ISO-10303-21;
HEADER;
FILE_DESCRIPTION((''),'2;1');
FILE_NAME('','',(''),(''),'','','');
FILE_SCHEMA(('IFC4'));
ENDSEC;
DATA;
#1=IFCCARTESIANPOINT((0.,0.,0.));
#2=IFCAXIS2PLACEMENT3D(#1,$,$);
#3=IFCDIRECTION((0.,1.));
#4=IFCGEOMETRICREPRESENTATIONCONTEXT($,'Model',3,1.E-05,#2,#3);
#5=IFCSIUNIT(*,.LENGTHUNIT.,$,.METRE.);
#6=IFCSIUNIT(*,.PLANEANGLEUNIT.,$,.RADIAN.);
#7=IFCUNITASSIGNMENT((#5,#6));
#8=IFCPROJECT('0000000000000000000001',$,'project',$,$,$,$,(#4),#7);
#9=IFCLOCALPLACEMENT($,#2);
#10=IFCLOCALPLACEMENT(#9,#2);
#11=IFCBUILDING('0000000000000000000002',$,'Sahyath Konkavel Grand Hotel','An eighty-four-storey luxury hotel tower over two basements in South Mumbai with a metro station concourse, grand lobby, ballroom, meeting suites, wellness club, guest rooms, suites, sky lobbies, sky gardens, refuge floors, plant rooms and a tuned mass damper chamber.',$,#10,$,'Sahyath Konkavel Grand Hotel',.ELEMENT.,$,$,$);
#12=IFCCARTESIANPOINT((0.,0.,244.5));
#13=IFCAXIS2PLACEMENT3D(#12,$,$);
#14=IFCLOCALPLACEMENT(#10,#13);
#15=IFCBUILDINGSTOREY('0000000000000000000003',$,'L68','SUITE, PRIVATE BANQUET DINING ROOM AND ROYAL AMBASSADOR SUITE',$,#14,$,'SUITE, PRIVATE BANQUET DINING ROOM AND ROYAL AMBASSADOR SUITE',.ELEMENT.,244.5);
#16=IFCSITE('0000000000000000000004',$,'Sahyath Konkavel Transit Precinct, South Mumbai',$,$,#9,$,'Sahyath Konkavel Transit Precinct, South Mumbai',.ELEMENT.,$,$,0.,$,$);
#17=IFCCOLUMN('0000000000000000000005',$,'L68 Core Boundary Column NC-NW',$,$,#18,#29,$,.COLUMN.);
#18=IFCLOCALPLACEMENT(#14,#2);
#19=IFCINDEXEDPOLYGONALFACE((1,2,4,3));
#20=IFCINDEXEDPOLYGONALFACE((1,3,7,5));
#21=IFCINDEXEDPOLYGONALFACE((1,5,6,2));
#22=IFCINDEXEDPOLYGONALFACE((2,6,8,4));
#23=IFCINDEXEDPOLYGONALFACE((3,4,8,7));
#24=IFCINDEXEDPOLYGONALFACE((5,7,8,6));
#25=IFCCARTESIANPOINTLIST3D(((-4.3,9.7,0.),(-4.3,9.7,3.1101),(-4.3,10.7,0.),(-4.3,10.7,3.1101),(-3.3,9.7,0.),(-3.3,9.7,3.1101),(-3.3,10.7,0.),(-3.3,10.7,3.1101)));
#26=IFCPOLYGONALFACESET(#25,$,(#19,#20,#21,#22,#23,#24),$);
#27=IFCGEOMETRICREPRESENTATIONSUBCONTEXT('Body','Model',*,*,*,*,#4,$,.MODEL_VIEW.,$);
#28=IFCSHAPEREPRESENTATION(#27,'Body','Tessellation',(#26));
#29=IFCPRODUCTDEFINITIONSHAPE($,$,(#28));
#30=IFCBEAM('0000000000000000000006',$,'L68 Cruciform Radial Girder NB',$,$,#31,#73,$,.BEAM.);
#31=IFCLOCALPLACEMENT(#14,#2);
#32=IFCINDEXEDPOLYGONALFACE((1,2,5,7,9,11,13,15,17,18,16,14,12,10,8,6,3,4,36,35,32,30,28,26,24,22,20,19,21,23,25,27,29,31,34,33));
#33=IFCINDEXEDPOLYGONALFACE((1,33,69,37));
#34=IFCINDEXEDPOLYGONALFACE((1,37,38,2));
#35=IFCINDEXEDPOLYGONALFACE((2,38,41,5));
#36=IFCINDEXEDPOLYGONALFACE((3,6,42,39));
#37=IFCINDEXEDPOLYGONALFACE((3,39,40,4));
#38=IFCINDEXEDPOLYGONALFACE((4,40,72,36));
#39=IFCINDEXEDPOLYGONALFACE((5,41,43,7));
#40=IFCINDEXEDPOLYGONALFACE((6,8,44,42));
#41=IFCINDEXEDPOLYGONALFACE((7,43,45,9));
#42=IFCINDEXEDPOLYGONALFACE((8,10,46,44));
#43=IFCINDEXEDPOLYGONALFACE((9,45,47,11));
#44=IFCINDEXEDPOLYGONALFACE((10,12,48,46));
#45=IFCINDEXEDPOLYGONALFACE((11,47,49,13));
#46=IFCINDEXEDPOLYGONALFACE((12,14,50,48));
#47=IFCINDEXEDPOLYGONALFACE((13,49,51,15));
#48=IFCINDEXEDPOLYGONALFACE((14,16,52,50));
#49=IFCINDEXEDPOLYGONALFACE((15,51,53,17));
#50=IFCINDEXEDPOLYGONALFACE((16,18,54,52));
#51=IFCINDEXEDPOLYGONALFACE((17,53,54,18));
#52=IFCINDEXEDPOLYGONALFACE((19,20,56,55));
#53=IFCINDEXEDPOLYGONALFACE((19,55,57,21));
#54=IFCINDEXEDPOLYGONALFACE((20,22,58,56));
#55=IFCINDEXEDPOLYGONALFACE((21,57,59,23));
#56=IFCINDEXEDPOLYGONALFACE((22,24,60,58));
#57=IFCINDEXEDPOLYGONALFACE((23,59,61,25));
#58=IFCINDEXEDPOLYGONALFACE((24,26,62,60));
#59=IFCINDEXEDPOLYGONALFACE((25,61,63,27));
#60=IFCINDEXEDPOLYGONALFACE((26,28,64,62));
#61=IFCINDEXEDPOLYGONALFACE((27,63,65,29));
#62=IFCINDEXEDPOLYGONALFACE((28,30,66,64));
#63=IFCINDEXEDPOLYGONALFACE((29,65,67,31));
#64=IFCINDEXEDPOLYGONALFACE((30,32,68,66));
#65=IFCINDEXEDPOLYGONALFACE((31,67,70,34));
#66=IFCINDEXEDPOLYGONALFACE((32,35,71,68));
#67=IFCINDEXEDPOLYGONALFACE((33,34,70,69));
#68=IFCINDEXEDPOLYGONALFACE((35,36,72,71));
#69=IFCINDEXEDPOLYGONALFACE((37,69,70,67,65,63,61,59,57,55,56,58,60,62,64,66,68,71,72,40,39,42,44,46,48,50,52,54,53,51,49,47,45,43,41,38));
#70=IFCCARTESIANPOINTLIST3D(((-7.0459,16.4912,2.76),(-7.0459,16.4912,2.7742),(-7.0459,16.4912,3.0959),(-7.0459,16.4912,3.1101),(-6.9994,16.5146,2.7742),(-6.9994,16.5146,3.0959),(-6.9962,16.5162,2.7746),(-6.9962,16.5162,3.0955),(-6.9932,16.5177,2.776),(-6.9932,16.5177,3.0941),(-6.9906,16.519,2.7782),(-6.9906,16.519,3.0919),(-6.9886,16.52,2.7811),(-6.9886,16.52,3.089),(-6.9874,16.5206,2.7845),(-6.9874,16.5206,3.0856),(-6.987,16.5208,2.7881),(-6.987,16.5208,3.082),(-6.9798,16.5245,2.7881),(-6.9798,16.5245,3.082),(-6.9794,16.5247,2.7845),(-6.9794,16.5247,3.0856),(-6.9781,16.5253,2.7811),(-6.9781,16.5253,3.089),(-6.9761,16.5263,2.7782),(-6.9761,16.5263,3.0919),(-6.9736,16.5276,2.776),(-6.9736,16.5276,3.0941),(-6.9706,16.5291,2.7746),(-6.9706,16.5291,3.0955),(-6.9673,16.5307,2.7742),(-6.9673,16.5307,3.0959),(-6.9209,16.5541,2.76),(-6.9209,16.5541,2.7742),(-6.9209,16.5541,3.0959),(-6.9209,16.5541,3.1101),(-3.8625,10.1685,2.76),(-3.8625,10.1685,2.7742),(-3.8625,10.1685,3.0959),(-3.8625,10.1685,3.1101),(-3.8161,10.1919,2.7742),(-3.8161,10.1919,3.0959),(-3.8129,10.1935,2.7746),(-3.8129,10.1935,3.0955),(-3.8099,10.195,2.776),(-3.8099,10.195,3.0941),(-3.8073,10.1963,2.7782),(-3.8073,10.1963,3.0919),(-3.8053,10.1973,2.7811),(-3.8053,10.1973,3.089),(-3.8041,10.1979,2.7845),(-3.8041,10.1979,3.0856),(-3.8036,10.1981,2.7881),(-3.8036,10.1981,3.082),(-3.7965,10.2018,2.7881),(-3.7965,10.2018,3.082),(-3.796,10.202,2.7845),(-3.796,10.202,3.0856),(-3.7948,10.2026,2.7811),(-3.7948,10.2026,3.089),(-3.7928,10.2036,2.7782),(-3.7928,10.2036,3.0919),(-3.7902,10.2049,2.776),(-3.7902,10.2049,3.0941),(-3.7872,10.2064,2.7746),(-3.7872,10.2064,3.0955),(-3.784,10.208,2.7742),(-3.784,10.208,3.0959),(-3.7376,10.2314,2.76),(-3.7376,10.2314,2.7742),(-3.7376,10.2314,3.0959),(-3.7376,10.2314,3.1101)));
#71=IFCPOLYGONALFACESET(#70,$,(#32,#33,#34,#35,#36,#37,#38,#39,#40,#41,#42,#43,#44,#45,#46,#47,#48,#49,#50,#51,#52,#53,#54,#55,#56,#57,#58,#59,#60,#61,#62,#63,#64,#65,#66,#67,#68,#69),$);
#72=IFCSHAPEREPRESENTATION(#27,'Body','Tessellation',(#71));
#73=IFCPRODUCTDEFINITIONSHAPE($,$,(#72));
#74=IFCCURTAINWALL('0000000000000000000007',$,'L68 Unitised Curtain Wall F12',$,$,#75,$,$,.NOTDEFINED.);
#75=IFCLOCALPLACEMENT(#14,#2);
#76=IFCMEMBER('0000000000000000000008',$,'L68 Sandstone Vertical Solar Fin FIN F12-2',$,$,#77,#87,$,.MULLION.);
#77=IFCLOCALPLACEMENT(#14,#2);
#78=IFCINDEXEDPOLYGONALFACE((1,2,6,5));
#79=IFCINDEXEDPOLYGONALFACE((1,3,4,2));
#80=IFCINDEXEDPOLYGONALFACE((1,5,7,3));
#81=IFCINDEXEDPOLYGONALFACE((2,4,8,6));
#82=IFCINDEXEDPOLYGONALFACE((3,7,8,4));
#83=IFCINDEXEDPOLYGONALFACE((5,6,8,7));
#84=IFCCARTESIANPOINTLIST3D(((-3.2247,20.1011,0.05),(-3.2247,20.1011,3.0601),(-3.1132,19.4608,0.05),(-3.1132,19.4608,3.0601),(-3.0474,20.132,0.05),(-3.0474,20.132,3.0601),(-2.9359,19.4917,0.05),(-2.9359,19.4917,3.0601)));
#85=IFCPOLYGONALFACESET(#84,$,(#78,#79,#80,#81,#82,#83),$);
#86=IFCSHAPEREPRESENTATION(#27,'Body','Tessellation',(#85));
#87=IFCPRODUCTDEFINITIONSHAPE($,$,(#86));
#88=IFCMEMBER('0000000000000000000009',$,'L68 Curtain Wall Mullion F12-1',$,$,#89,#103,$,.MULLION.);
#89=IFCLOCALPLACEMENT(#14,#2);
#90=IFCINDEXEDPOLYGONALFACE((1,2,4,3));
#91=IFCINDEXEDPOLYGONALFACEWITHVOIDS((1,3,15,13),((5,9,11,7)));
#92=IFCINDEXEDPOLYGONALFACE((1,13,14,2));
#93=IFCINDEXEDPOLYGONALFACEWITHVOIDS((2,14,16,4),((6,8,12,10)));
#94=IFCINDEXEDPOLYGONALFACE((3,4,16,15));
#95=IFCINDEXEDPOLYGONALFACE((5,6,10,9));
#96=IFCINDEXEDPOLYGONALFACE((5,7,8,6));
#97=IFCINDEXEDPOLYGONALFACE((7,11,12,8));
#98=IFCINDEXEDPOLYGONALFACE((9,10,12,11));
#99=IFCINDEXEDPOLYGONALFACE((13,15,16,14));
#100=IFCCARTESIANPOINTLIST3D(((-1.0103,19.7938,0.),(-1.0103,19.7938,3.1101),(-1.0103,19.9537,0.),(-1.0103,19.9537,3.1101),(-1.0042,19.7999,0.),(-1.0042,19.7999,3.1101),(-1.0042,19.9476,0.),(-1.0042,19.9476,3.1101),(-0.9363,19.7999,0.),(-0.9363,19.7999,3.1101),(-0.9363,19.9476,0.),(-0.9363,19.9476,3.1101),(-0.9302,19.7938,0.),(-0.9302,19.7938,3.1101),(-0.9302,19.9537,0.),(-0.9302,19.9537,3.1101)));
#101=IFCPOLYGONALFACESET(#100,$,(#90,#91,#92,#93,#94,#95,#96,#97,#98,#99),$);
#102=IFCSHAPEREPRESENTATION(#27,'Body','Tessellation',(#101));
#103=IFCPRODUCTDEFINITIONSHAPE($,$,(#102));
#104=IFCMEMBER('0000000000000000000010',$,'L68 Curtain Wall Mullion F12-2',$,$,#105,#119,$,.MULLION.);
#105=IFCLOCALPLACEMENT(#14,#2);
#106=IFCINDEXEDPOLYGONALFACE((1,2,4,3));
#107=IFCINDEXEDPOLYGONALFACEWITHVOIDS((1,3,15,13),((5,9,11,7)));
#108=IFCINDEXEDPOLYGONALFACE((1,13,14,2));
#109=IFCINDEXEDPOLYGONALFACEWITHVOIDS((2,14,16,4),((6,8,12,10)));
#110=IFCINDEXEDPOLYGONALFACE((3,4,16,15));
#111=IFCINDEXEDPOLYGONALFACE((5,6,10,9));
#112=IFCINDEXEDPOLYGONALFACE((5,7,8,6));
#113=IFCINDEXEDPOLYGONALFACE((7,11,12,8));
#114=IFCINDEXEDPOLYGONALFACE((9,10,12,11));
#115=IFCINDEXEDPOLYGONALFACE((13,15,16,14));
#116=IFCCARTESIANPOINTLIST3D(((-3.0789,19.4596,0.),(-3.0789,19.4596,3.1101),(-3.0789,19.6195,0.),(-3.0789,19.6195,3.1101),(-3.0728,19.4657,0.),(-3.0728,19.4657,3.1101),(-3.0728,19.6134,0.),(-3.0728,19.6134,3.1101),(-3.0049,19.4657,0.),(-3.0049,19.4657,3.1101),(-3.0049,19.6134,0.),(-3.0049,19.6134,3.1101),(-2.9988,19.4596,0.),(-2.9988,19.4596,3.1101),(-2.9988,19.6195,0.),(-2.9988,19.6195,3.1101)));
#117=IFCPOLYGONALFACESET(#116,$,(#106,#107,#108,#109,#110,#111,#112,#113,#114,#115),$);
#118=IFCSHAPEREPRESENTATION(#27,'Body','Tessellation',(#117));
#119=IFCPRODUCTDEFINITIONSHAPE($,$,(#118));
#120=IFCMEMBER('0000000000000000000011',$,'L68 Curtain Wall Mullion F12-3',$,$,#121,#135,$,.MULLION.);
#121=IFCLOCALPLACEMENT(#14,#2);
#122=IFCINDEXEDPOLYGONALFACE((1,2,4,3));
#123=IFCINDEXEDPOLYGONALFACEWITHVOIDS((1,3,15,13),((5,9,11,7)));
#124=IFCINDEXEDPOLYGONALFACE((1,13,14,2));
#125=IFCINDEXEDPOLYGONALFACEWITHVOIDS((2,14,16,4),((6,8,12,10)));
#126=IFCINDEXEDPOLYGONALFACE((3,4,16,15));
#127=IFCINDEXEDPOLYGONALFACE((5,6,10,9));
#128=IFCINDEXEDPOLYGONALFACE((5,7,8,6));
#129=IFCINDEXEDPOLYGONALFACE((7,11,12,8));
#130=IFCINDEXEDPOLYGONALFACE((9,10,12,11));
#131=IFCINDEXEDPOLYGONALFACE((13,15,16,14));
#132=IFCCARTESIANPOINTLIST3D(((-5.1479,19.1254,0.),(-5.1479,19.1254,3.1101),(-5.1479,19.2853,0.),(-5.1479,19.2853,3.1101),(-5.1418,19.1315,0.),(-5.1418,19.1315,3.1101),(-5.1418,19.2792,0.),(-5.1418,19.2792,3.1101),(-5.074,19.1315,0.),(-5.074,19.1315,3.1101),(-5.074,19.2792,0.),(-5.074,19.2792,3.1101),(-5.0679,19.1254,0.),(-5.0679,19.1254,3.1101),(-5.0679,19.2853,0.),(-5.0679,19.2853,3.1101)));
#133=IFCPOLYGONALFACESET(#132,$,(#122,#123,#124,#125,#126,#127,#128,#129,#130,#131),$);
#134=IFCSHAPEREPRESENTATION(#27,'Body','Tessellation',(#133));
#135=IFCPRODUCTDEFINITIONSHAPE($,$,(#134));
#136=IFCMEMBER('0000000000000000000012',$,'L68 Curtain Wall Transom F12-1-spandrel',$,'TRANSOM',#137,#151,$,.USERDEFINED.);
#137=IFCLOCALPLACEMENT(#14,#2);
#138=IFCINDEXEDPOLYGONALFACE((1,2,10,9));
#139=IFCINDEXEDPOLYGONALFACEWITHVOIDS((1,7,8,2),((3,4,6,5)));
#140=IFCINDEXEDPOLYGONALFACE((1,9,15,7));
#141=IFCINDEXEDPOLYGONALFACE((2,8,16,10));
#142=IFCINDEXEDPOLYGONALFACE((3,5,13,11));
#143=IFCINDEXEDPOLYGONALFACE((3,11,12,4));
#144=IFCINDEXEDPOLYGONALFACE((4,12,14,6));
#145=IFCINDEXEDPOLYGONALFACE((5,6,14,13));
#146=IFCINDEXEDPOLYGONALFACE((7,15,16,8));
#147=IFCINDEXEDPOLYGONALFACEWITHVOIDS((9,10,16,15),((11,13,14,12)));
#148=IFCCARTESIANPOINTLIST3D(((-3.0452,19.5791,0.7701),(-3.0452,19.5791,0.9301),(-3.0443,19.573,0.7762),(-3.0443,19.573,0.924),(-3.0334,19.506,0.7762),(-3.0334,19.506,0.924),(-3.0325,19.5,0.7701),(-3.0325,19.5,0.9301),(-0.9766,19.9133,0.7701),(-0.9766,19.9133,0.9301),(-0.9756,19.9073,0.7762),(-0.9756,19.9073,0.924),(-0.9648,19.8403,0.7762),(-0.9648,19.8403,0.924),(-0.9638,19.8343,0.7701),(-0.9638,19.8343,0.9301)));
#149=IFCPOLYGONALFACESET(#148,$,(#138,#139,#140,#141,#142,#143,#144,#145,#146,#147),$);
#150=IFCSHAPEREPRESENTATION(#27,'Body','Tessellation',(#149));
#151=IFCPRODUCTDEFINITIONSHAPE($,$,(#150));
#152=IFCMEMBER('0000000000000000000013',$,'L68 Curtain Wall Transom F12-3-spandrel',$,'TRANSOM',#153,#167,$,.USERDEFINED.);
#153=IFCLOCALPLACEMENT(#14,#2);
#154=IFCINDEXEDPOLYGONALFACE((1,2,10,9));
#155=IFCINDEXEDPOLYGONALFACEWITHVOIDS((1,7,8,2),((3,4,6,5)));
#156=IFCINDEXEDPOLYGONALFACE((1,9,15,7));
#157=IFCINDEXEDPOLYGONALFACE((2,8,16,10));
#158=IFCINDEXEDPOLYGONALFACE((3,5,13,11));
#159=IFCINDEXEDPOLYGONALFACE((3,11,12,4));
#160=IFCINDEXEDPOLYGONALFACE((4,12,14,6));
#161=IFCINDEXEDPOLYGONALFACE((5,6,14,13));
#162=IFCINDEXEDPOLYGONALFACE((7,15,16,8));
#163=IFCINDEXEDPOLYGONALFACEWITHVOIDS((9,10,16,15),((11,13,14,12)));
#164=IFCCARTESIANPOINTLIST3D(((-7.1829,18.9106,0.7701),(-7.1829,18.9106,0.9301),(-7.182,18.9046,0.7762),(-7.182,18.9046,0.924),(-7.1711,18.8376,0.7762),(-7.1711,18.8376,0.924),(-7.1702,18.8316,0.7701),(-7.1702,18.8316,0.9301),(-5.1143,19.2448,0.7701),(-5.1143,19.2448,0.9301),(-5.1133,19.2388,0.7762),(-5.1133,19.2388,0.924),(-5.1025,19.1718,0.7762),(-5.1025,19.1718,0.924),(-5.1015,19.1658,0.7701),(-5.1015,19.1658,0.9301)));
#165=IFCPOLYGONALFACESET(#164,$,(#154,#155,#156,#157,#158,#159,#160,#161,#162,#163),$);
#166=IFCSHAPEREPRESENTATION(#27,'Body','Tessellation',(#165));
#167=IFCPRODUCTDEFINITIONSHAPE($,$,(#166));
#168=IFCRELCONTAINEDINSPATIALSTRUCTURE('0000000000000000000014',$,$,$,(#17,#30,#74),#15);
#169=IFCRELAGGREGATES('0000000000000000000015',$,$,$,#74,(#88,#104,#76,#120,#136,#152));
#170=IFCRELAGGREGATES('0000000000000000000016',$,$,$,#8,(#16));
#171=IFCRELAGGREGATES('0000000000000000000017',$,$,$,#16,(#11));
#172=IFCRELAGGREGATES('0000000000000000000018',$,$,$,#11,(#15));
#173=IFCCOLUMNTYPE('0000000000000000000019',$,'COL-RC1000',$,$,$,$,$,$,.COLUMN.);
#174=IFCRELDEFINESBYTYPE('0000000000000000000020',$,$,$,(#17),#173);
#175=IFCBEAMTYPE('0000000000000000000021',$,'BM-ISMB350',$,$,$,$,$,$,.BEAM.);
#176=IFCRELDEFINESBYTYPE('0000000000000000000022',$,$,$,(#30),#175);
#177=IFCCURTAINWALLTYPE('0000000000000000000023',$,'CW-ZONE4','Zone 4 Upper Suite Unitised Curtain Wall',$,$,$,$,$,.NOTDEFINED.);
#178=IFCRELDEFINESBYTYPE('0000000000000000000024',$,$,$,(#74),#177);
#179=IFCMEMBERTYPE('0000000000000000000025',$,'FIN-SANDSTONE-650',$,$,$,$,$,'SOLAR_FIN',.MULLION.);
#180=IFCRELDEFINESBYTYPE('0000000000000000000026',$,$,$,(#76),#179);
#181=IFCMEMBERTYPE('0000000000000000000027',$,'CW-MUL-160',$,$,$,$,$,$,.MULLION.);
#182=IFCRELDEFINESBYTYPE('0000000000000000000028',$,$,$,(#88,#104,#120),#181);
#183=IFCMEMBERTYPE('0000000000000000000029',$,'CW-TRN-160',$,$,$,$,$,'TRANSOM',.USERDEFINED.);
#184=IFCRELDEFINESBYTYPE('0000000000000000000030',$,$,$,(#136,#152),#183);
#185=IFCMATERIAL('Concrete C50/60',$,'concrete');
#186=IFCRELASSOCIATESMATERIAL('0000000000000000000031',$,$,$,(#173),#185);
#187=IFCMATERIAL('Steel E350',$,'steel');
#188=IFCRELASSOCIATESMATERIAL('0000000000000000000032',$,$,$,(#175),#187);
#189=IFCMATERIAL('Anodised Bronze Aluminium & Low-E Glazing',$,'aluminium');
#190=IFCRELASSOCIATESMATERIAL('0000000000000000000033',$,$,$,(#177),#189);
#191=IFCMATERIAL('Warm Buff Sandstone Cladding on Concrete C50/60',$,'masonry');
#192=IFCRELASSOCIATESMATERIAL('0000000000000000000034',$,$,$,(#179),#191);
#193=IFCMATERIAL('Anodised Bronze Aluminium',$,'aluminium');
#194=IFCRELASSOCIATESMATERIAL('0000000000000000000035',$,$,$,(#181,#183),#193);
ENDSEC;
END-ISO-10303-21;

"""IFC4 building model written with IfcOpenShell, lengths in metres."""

from ifc_helpers import new_model, si_unit, direction, frame, origin, origin_2d, place, context, subcontext, project, spatial, rectangle, hollow_rectangle, i_section, extrude, source, transform, mapped, material, material_profile, profile_set, type_object, element, aggregate, save


model = new_model("IFC4")

# Units and contexts
model_context = context("Model", 3, precision=1e-05, world=origin(), true_north=direction((0.0, 1.0)))
body_context = subcontext(model_context, "Body", "Model", "MODEL_VIEW")
ifc_project = project(units=[si_unit("LENGTHUNIT", "METRE"), si_unit("PLANEANGLEUNIT", "RADIAN")], contexts=[model_context])

# Site, building, storey
site_placement = place(None, origin())
site = spatial("IfcSite", under=ifc_project, at=site_placement, Name="Sahyath Konkavel Transit Precinct, South Mumbai", LongName="Sahyath Konkavel Transit Precinct, South Mumbai", CompositionType="ELEMENT", RefElevation=0.0)
building_placement = place(site_placement, origin())
building = spatial("IfcBuilding", under=site, at=building_placement, Name="Sahyath Konkavel Grand Hotel", Description="An eighty-four-storey luxury hotel tower over two basements in South Mumbai with a metro station concourse, grand lobby, ballroom, meeting suites, wellness club, guest rooms, suites, sky lobbies, sky gardens, refuge floors, plant rooms and a tuned mass damper chamber.", LongName="Sahyath Konkavel Grand Hotel", CompositionType="ELEMENT")
storey_placement = place(building_placement, frame((0.0, 0.0, 244.5)))
storey = spatial("IfcBuildingStorey", under=building, at=storey_placement, Name="L68", Description="SUITE, PRIVATE BANQUET DINING ROOM AND ROYAL AMBASSADOR SUITE", LongName="SUITE, PRIVATE BANQUET DINING ROOM AND ROYAL AMBASSADOR SUITE", CompositionType="ELEMENT", Elevation=244.5)

# Column
ifc_material_1 = material(Name="Concrete C50/60", Category="concrete")
ifc_material_profile_1 = material_profile(ifc_material_1, rectangle(XDim=1.0, YDim=1.0, at=origin_2d()), Name="RC 1000x1000")
ifc_profile_set_1 = profile_set([ifc_material_profile_1], Name="Concrete C50/60")
column_type = type_object("IfcColumnType", Name="COL-RC1000", PredefinedType="COLUMN", material=ifc_profile_set_1)
shared_shape_1 = source(origin(), body_context, "Body", "SweptSolid", [
    extrude(rectangle(XDim=1.0, YDim=1.0, at=origin_2d()), origin(), (0.0, 0.0, 1.0), 3.1101),
])
column_placement = place(storey_placement, frame((-3.8, 10.2, 0.0), z_axis=(0.0, 0.0, 1.0), x_axis=(1.0, 0.0, 0.0)))
element("IfcColumn", 1, at=column_placement, inside=storey, type_object=column_type, Name="L68 Core Boundary Column NC-NW", PredefinedType="COLUMN", context=body_context, shape_type="MappedRepresentation", body=[
    mapped(shared_shape_1, transform((0.0, 0.0, 0.0), scale=1.0)),
])

# Beam
ifc_material_2 = material(Name="Steel E350", Category="steel")
ifc_material_profile_2 = material_profile(ifc_material_2, i_section(OverallWidth=0.1399, OverallDepth=0.3501, WebThickness=0.0081, FlangeThickness=0.0142, FilletRadius=0.0139, at=origin_2d()), Name="ISMB 350")
ifc_profile_set_2 = profile_set([ifc_material_profile_2], Name="Steel E350")
beam_type_1 = type_object("IfcBeamType", Name="BM-ISMB350", PredefinedType="BEAM", material=ifc_profile_set_2)
shared_shape_2 = source(origin(), body_context, "Body", "SweptSolid", [
    extrude(i_section(OverallWidth=0.1399, OverallDepth=0.3501, WebThickness=0.0081, FlangeThickness=0.0142, FilletRadius=0.0139, at=origin_2d()), origin(), (0.0, 0.0, 1.0), 7.0789),
])
beam_1_placement = place(storey_placement, frame((-3.8, 10.2, 2.9351), z_axis=(-0.449695, 0.893182, 0.0), x_axis=(-0.893182, -0.449695, 0.0)))
element("IfcBeam", 2, at=beam_1_placement, inside=storey, type_object=beam_type_1, Name="L68 Cruciform Radial Girder NB", PredefinedType="BEAM", context=body_context, shape_type="MappedRepresentation", body=[
    mapped(shared_shape_2, transform((0.0, 0.0, 0.0), scale=1.0)),
])

# Curtain wall, members
ifc_material_3 = material(Name="Anodised Bronze Aluminium & Low-E Glazing", Category="aluminium")
curtain_wall_type = type_object("IfcCurtainWallType", Name="CW-ZONE4", Description="Zone 4 Upper Suite Unitised Curtain Wall", PredefinedType="NOTDEFINED", material=ifc_material_3)
curtain_wall_1_placement = place(storey_placement, origin())
curtain_wall_1 = element("IfcCurtainWall", 3, at=curtain_wall_1_placement, inside=storey, type_object=curtain_wall_type, Name="L68 Unitised Curtain Wall F12", PredefinedType="NOTDEFINED")
ifc_material_4 = material(Name="Warm Buff Sandstone Cladding on Concrete C50/60", Category="masonry")
ifc_material_profile_3 = material_profile(ifc_material_4, rectangle(XDim=0.1799, YDim=0.6499, at=origin_2d()), Name="FIN 180x650")
ifc_profile_set_3 = profile_set([ifc_material_profile_3], Name="Warm Buff Sandstone Cladding on Concrete C50/60")
member_type_1 = type_object("IfcMemberType", Name="FIN-SANDSTONE-650", ElementType="SOLAR_FIN", PredefinedType="MULLION", material=ifc_profile_set_3)
shared_shape_3 = source(origin(), body_context, "Body", "SweptSolid", [
    extrude(rectangle(XDim=0.1799, YDim=0.6499, at=origin_2d()), origin(), (0.0, 0.0, 1.0), 3.01),
])
member_1_placement = place(storey_placement, frame((-3.0803, 19.7964, 0.05), z_axis=(0.0, 0.0, 1.0), x_axis=(0.985169, 0.171585, 0.0)))
member_1 = element("IfcMember", 4, at=member_1_placement, type_object=member_type_1, Name="L68 Sandstone Vertical Solar Fin FIN F12-2", PredefinedType="MULLION", context=body_context, shape_type="MappedRepresentation", body=[
    mapped(shared_shape_3, transform((0.0, 0.0, 0.0), scale=1.0)),
])
ifc_material_5 = material(Name="Anodised Bronze Aluminium", Category="aluminium")
ifc_material_profile_4 = material_profile(ifc_material_5, hollow_rectangle(XDim=0.0801, YDim=0.1599, WallThickness=0.0061, at=origin_2d()), Name="RHS 160x80x6")
ifc_profile_set_4 = profile_set([ifc_material_profile_4], Name="Anodised Bronze Aluminium")
member_type_2 = type_object("IfcMemberType", Name="CW-MUL-160", PredefinedType="MULLION", material=ifc_profile_set_4)
shared_shape_4 = source(origin(), body_context, "Body", "SweptSolid", [
    extrude(hollow_rectangle(XDim=0.0801, YDim=0.1599, WallThickness=0.0061, at=origin_2d()), origin(), (0.0, 0.0, 1.0), 3.1101),
])
member_2_placement = place(storey_placement, frame((-0.9702, 19.8738, 0.0), z_axis=(0.0, 0.0, 1.0), x_axis=(1.0, 0.0, 0.0)))
member_2 = element("IfcMember", 5, at=member_2_placement, type_object=member_type_2, Name="L68 Curtain Wall Mullion F12-1", PredefinedType="MULLION", context=body_context, shape_type="MappedRepresentation", body=[
    mapped(shared_shape_4, transform((0.0, 0.0, 0.0), scale=1.0)),
])
member_3_placement = place(storey_placement, frame((-3.0388, 19.5396, 0.0), z_axis=(0.0, 0.0, 1.0), x_axis=(1.0, 0.0, 0.0)))
member_3 = element("IfcMember", 6, at=member_3_placement, type_object=member_type_2, Name="L68 Curtain Wall Mullion F12-2", PredefinedType="MULLION", context=body_context, shape_type="MappedRepresentation", body=[
    mapped(shared_shape_4, transform((0.0, 0.0, 0.0), scale=1.0)),
])
member_4_placement = place(storey_placement, frame((-5.1079, 19.2053, 0.0), z_axis=(0.0, 0.0, 1.0), x_axis=(1.0, 0.0, 0.0)))
member_4 = element("IfcMember", 7, at=member_4_placement, type_object=member_type_2, Name="L68 Curtain Wall Mullion F12-3", PredefinedType="MULLION", context=body_context, shape_type="MappedRepresentation", body=[
    mapped(shared_shape_4, transform((0.0, 0.0, 0.0), scale=1.0)),
])
ifc_material_profile_5 = material_profile(ifc_material_5, hollow_rectangle(XDim=0.0801, YDim=0.1599, WallThickness=0.0061, at=origin_2d()), Name="RHS 160x80x6")
ifc_profile_set_5 = profile_set([ifc_material_profile_5], Name="Anodised Bronze Aluminium")
member_type_3 = type_object("IfcMemberType", Name="CW-TRN-160", ElementType="TRANSOM", PredefinedType="USERDEFINED", material=ifc_profile_set_5)
shared_shape_5 = source(origin(), body_context, "Body", "SweptSolid", [
    extrude(hollow_rectangle(XDim=0.0801, YDim=0.1599, WallThickness=0.0061, at=origin_2d()), origin(), (0.0, 0.0, 1.0), 2.0955),
])
member_5_placement = place(storey_placement, frame((-0.9702, 19.8738, 0.8501), z_axis=(-0.987197, -0.159504, 0.0), x_axis=(0.159504, -0.987197, 0.0)))
member_5 = element("IfcMember", 8, at=member_5_placement, type_object=member_type_3, Name="L68 Curtain Wall Transom F12-1-spandrel", ObjectType="TRANSOM", PredefinedType="USERDEFINED", context=body_context, shape_type="MappedRepresentation", body=[
    mapped(shared_shape_5, transform((0.0, 0.0, 0.0), scale=1.0)),
])
member_6_placement = place(storey_placement, frame((-5.1079, 19.2053, 0.8501), z_axis=(-0.987197, -0.159504, 0.0), x_axis=(0.159504, -0.987197, 0.0)))
member_6 = element("IfcMember", 9, at=member_6_placement, type_object=member_type_3, Name="L68 Curtain Wall Transom F12-3-spandrel", ObjectType="TRANSOM", PredefinedType="USERDEFINED", context=body_context, shape_type="MappedRepresentation", body=[
    mapped(shared_shape_5, transform((0.0, 0.0, 0.0), scale=1.0)),
])

aggregate(curtain_wall_1, [member_2, member_3, member_1, member_4, member_5, member_6])

save(model, "model.ifc")
